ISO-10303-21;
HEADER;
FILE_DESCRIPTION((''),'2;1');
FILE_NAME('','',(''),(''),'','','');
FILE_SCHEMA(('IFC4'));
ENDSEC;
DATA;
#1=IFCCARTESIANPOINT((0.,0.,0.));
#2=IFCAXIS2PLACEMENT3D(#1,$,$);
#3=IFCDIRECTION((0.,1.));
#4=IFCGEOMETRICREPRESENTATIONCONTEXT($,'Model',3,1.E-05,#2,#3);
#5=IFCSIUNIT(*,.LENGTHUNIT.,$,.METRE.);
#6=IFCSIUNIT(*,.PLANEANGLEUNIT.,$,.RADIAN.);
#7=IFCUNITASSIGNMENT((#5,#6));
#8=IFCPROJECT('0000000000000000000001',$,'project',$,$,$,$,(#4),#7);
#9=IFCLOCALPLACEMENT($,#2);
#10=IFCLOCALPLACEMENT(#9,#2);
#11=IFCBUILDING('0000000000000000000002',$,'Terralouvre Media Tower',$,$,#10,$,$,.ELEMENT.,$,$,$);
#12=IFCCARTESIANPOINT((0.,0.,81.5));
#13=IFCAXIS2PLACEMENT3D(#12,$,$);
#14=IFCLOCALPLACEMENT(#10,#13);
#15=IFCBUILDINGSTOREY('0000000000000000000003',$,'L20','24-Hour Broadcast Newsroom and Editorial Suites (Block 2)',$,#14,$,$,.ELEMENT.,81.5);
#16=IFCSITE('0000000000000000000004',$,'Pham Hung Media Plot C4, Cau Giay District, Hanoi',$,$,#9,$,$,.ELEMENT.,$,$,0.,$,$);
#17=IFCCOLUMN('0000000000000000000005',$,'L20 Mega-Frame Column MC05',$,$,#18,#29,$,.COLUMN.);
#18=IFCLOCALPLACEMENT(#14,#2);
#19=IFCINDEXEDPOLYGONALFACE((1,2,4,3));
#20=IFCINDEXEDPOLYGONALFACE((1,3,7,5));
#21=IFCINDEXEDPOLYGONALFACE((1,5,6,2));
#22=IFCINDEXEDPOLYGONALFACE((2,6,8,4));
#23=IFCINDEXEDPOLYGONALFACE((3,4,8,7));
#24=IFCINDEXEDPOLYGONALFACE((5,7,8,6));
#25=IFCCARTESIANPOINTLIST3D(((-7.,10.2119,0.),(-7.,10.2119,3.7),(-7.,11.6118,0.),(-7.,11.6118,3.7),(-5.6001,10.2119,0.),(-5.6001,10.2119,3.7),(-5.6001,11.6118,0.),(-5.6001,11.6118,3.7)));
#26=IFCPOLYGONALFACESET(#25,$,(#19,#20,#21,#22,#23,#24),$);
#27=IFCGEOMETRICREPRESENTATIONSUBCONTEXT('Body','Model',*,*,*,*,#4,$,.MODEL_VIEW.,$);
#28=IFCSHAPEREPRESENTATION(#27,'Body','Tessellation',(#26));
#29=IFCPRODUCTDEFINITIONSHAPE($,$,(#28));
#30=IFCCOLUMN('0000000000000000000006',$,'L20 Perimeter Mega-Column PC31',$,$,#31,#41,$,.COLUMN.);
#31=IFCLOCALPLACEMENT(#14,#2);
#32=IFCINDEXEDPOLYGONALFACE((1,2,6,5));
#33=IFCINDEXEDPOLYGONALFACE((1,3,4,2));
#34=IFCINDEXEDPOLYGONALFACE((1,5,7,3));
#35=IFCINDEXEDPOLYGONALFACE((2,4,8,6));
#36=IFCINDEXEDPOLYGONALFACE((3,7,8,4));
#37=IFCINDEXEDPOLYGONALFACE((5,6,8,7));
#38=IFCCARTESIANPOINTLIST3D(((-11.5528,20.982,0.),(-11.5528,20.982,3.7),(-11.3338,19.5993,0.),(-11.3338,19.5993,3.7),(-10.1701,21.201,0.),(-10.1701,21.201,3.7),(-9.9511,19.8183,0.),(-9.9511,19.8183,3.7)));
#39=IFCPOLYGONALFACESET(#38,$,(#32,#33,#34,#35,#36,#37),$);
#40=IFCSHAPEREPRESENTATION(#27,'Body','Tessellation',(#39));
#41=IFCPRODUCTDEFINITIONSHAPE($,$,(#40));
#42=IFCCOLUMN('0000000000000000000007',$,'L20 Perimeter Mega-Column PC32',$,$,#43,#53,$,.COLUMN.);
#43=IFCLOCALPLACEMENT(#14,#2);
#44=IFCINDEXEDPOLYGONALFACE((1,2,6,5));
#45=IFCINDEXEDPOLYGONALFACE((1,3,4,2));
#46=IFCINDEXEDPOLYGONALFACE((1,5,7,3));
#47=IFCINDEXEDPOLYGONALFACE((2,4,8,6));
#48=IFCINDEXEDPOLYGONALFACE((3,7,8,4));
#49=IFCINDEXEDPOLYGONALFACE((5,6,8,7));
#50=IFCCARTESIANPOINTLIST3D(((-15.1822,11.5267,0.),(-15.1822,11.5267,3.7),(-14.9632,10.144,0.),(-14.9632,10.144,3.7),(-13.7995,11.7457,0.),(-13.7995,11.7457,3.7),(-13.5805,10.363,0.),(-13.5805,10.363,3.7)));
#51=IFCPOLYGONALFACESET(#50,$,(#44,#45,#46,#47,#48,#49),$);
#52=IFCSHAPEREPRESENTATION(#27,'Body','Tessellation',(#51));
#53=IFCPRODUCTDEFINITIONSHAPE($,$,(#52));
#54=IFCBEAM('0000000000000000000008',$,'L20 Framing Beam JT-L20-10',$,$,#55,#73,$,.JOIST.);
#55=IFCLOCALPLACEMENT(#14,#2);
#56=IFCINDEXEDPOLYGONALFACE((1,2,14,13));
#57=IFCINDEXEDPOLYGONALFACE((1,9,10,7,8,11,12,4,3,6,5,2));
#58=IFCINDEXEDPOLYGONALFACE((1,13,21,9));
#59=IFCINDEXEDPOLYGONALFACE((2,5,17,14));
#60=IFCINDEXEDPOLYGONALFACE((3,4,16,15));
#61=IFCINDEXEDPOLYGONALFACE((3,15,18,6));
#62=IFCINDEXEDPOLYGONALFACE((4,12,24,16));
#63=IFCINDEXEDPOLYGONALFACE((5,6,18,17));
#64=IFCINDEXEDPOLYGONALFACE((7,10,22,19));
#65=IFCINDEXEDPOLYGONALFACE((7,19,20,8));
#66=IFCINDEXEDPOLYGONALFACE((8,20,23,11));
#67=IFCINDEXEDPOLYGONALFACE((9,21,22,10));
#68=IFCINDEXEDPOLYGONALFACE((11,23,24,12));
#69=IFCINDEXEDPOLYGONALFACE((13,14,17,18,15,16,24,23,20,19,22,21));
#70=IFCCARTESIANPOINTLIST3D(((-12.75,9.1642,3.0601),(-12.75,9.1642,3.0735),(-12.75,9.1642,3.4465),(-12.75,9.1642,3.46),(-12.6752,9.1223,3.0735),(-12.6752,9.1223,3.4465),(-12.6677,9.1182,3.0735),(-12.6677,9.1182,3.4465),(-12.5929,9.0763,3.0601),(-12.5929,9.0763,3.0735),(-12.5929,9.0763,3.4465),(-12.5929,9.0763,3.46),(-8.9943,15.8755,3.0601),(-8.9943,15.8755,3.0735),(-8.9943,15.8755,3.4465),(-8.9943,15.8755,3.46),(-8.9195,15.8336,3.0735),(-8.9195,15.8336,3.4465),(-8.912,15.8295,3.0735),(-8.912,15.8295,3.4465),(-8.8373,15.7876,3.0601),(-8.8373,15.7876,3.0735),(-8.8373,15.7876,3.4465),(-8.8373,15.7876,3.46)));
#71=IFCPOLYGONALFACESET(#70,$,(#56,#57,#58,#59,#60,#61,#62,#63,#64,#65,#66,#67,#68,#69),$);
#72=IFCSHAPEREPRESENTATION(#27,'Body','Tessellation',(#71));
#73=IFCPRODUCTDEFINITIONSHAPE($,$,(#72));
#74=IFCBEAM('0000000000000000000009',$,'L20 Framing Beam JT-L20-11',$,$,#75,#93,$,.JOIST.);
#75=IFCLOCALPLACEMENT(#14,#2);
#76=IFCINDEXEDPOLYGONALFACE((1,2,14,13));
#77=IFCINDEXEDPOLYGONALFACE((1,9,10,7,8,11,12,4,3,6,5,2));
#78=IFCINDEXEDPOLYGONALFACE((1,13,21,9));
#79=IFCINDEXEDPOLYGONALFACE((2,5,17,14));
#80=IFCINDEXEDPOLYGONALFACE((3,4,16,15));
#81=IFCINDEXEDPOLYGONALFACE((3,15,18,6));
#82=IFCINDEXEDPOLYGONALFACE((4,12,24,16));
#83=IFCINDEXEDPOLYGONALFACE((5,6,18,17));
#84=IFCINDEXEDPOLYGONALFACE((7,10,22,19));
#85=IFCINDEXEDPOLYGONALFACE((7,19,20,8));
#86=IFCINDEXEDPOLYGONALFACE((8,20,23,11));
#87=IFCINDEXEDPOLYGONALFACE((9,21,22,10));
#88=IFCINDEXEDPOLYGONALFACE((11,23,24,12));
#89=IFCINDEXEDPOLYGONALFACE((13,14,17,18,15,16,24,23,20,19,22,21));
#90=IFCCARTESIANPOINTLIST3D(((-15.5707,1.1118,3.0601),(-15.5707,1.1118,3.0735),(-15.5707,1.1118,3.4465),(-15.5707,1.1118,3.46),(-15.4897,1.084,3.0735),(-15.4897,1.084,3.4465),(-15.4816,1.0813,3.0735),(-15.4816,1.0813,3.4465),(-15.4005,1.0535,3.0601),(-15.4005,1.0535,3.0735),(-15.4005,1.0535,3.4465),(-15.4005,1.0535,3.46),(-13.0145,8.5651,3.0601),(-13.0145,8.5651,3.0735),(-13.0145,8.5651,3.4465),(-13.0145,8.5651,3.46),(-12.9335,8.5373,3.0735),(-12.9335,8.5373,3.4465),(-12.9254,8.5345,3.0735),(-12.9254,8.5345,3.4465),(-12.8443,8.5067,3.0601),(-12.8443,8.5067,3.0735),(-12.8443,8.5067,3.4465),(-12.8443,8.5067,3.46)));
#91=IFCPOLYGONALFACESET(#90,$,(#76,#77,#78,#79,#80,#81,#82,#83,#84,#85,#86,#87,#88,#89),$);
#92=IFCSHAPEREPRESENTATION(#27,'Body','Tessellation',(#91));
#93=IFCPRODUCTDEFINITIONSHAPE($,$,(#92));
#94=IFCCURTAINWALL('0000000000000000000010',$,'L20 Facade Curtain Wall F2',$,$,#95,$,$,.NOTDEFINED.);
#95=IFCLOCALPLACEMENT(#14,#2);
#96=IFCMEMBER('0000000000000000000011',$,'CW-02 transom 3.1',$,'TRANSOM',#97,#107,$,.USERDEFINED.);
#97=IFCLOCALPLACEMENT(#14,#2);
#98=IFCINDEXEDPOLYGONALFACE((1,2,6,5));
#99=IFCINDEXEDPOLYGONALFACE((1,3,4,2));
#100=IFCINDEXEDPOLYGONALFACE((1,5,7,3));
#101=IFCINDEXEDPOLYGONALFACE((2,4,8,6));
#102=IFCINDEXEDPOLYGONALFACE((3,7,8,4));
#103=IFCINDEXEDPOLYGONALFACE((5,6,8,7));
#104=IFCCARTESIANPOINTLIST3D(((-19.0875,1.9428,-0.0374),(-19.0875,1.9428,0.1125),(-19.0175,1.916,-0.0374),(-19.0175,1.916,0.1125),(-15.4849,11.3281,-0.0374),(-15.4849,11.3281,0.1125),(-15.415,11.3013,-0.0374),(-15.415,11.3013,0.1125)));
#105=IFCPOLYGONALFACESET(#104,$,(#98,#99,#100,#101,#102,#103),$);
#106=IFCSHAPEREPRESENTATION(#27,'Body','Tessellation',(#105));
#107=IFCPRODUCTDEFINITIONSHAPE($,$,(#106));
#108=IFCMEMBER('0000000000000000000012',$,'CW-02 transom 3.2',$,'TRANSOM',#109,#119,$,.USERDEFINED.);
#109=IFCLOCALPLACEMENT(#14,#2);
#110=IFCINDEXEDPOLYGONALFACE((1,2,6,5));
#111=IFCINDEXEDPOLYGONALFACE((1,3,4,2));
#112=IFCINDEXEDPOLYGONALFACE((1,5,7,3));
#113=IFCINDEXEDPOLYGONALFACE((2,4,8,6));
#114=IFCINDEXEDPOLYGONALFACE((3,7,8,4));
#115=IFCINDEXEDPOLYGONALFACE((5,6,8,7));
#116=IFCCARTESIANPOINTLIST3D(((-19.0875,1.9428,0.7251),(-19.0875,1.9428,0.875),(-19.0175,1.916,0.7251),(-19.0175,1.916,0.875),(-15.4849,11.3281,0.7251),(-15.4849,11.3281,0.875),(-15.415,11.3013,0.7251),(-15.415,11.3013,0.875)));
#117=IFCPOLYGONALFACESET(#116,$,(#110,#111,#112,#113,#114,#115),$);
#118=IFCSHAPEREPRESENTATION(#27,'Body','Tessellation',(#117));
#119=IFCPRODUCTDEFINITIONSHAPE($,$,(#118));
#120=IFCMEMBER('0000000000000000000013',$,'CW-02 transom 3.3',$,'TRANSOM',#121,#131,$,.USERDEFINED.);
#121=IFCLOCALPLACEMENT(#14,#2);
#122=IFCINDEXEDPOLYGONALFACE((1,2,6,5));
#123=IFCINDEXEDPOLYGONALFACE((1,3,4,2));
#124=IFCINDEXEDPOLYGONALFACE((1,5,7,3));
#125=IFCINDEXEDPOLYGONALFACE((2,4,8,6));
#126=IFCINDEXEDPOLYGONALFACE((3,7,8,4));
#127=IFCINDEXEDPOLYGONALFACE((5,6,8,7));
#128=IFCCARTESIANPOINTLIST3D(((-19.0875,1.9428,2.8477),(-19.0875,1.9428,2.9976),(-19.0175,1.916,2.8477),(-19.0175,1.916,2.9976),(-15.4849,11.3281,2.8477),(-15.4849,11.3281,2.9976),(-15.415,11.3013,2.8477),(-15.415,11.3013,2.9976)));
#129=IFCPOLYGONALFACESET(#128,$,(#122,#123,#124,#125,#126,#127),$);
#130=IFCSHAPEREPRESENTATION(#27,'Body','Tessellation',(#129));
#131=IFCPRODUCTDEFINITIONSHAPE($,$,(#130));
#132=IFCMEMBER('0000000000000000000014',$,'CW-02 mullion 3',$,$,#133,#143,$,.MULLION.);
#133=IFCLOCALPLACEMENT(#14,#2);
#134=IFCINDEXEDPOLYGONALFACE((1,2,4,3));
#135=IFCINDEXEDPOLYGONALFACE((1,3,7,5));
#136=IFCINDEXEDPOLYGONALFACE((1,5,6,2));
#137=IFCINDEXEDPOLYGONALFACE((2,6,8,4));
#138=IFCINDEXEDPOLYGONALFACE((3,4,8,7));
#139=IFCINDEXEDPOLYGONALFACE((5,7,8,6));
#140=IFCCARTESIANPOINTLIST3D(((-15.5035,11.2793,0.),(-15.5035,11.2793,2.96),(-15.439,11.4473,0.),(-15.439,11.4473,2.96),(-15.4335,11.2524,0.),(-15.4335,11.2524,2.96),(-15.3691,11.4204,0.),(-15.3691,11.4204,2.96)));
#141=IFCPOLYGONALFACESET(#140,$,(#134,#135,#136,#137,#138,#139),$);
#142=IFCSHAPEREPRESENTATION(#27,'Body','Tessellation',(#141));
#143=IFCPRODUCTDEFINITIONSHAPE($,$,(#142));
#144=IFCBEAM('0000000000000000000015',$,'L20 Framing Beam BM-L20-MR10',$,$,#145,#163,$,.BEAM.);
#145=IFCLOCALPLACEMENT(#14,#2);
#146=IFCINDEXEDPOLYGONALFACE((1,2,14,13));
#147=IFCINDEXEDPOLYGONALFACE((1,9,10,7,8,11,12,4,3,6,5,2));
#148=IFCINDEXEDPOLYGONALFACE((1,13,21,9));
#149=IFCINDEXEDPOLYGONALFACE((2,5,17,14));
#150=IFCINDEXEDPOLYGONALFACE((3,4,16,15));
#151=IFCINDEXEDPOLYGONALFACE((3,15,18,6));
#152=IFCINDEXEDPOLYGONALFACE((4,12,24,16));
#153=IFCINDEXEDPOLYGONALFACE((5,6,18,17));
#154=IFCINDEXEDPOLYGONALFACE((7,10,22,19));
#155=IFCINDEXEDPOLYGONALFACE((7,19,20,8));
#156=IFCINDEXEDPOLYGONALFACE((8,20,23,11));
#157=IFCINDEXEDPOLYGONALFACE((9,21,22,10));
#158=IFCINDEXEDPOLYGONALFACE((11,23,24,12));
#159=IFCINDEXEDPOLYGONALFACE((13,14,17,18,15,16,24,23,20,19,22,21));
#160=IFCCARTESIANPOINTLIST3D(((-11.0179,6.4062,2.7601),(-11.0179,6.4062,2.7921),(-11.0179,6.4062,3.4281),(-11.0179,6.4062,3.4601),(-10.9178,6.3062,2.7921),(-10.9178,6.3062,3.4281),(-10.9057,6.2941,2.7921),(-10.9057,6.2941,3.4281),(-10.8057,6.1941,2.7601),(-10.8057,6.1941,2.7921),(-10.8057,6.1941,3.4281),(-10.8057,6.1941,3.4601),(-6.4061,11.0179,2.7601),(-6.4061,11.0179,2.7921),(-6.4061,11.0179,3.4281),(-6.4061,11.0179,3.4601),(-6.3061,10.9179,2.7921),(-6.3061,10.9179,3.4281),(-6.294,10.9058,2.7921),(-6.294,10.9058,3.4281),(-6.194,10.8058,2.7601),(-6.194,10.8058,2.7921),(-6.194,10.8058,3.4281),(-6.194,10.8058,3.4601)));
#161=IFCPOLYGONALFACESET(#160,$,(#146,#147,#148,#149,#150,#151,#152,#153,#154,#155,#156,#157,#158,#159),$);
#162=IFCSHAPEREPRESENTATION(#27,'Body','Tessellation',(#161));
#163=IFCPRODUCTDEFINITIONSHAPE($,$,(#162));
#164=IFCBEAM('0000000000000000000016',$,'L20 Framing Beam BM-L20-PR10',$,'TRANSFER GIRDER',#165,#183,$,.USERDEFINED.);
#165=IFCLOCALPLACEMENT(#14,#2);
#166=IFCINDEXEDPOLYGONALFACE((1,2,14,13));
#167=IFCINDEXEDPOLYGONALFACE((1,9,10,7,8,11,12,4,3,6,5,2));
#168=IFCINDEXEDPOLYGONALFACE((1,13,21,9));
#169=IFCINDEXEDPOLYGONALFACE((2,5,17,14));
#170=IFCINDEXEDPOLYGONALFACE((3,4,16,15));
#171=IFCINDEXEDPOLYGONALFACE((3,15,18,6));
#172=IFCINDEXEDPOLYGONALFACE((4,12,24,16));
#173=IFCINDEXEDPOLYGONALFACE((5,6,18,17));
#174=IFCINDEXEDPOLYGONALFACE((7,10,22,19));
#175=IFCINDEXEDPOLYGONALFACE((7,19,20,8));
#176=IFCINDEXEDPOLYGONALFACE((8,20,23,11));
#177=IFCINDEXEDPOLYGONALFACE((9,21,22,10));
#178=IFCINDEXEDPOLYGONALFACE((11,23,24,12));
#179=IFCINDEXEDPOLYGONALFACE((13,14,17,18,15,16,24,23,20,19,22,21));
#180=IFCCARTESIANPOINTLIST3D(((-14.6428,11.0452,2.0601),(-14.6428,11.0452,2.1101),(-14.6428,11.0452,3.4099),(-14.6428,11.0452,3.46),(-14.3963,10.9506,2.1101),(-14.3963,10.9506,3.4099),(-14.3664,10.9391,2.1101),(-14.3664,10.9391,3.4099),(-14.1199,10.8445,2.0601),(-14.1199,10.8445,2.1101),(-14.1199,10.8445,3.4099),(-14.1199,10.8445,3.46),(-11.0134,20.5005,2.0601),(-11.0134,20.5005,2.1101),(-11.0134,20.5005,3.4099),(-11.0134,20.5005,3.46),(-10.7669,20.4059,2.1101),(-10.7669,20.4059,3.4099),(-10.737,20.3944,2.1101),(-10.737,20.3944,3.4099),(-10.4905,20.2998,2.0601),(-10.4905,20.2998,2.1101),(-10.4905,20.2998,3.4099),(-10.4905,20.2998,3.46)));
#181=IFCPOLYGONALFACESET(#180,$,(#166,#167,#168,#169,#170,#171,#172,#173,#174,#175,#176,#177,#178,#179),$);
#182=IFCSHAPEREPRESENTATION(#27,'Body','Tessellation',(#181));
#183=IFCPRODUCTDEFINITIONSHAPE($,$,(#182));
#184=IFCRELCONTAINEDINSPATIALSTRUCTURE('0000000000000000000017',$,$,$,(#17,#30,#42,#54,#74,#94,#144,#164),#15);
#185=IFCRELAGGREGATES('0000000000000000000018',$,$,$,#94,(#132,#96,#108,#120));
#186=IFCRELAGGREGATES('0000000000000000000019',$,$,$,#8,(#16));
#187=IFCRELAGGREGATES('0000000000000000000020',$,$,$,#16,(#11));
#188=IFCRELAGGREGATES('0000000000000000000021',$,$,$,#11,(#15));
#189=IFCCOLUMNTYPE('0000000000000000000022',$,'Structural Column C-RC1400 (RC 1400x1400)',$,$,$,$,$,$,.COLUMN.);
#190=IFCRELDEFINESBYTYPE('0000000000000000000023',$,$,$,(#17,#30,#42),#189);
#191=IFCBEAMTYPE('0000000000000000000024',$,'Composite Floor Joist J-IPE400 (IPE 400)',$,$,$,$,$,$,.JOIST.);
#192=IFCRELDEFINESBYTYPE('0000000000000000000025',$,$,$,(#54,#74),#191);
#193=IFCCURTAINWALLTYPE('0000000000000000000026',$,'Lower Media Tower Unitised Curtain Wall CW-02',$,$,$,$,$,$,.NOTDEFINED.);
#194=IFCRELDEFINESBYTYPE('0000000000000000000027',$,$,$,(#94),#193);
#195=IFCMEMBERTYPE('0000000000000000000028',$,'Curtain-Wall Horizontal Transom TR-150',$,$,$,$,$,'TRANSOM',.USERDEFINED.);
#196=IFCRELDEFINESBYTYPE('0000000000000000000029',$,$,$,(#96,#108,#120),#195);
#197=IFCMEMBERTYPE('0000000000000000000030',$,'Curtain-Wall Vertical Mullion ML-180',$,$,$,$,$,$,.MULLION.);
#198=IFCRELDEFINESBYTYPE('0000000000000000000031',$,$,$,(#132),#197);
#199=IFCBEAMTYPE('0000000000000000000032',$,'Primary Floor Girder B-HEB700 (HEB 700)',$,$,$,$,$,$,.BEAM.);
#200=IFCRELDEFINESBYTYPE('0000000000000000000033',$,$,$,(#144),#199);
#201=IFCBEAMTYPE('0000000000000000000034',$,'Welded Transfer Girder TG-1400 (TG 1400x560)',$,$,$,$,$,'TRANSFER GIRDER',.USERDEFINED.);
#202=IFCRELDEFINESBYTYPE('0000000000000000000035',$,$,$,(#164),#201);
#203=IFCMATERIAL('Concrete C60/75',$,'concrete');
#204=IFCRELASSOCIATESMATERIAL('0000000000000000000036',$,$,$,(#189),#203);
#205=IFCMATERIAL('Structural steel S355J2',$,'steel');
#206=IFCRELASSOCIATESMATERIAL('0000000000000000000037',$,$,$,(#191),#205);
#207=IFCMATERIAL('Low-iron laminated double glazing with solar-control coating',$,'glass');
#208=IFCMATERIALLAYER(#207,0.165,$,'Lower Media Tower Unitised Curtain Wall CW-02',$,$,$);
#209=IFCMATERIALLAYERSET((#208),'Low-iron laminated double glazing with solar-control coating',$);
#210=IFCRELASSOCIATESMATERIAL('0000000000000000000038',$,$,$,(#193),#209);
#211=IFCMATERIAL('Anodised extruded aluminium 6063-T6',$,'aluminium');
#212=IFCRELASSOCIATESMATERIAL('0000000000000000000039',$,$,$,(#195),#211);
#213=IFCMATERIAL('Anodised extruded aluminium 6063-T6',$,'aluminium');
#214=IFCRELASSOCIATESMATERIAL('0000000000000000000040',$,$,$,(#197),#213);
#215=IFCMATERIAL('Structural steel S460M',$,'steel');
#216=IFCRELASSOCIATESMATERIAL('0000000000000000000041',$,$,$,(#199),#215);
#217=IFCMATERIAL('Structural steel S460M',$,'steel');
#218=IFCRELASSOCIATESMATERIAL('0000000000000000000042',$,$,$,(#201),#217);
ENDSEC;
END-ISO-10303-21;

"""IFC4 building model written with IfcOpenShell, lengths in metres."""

from ifc_helpers import new_model, si_unit, direction, frame, origin, origin_2d, place, context, subcontext, project, spatial, rectangle, i_section, extrude, material, layer, layer_set, material_profile, profile_set, type_object, element, aggregate, save


model = new_model("IFC4")

# Units and contexts
model_context = context("Model", 3, precision=1e-05, world=origin(), true_north=direction((0.0, 1.0)))
body_context = subcontext(model_context, "Body", "Model", "MODEL_VIEW")
ifc_project = project(units=[si_unit("LENGTHUNIT", "METRE"), si_unit("PLANEANGLEUNIT", "RADIAN")], contexts=[model_context])

# Site, building, storey
site_placement = place(None, origin())
site = spatial("IfcSite", under=ifc_project, at=site_placement, Name="Pham Hung Media Plot C4, Cau Giay District, Hanoi", CompositionType="ELEMENT", RefElevation=0.0)
building_placement = place(site_placement, origin())
building = spatial("IfcBuilding", under=site, at=building_placement, Name="Terralouvre Media Tower", CompositionType="ELEMENT")
storey_placement = place(building_placement, frame((0.0, 0.0, 81.5)))
storey = spatial("IfcBuildingStorey", under=building, at=storey_placement, Name="L20", Description="24-Hour Broadcast Newsroom and Editorial Suites (Block 2)", CompositionType="ELEMENT", Elevation=81.5)

# Columns
ifc_material_1 = material(Name="Concrete C60/75", Category="concrete")
ifc_material_profile_1 = material_profile(ifc_material_1, rectangle(XDim=1.3999, YDim=1.3999, at=origin_2d()), Name="RC 1400x1400")
ifc_profile_set_1 = profile_set([ifc_material_profile_1], Name="Concrete C60/75")
column_type = type_object("IfcColumnType", Name="Structural Column C-RC1400 (RC 1400x1400)", PredefinedType="COLUMN", material=ifc_profile_set_1)
for number, where, z_axis, x_axis, name in (
    (1, (-6.3, 10.9119, 0.0), (0.0, 0.0, 1.0), (1.0, 0.0, 0.0), "L20 Mega-Frame Column MC05"),
    (2, (-10.752, 20.4001, 0.0), (0.0, 0.0, 1.0), (0.987688, 0.156434, 0.0), "L20 Perimeter Mega-Column PC31"),
    (3, (-14.3813, 10.9448, 0.0), (0.0, 0.0, 1.0), (0.987688, 0.156434, 0.0), "L20 Perimeter Mega-Column PC32"),
):
    element("IfcColumn", number, at=place(storey_placement, frame(where, z_axis=z_axis, x_axis=x_axis)), inside=storey, type_object=column_type, Name=name, PredefinedType="COLUMN", context=body_context, shape_type="SweptSolid", body=[
        extrude(rectangle(XDim=1.3999, YDim=1.3999, at=origin_2d()), origin(), (0.0, 0.0, 1.0), 3.7),
    ])

# Beams
ifc_material_2 = material(Name="Structural steel S355J2", Category="steel")
ifc_material_profile_2 = material_profile(ifc_material_2, i_section(OverallWidth=0.1799, OverallDepth=0.3999, WebThickness=0.0085, FlangeThickness=0.0134, at=origin_2d()), Name="IPE 400")
ifc_profile_set_2 = profile_set([ifc_material_profile_2], Name="Structural steel S355J2")
beam_type_1 = type_object("IfcBeamType", Name="Composite Floor Joist J-IPE400 (IPE 400)", PredefinedType="JOIST", material=ifc_profile_set_2)
beam_1_placement = place(storey_placement, frame((-8.9158, 15.8315, 3.26), z_axis=(-0.488341, -0.872653, 0.0), x_axis=(0.872653, -0.488341, 0.0)))
element("IfcBeam", 4, at=beam_1_placement, inside=storey, type_object=beam_type_1, Name="L20 Framing Beam JT-L20-10", PredefinedType="JOIST", context=body_context, shape_type="SweptSolid", body=[
    extrude(i_section(OverallWidth=0.1799, OverallDepth=0.3999, WebThickness=0.0085, FlangeThickness=0.0134, at=origin_2d()), origin(), (0.0, 0.0, 1.0), 7.6907),
])
beam_2_placement = place(storey_placement, frame((-12.9294, 8.5359, 3.26), z_axis=(-0.324415, -0.945915, 0.0), x_axis=(0.945915, -0.324415, 0.0)))
element("IfcBeam", 5, at=beam_2_placement, inside=storey, type_object=beam_type_1, Name="L20 Framing Beam JT-L20-11", PredefinedType="JOIST", context=body_context, shape_type="SweptSolid", body=[
    extrude(i_section(OverallWidth=0.1799, OverallDepth=0.3999, WebThickness=0.0085, FlangeThickness=0.0134, at=origin_2d()), origin(), (0.0, 0.0, 1.0), 7.8794),
])

# Curtain wall, members
ifc_material_3 = material(Name="Low-iron laminated double glazing with solar-control coating", Category="glass")
ifc_layer_1 = layer(ifc_material_3, 0.165, Name="Lower Media Tower Unitised Curtain Wall CW-02")
ifc_layer_set_1 = layer_set([ifc_layer_1], Name="Low-iron laminated double glazing with solar-control coating")
curtain_wall_type = type_object("IfcCurtainWallType", Name="Lower Media Tower Unitised Curtain Wall CW-02", PredefinedType="NOTDEFINED", material=ifc_layer_set_1)
curtain_wall_placement = place(storey_placement, origin())
curtain_wall = element("IfcCurtainWall", 6, at=curtain_wall_placement, inside=storey, type_object=curtain_wall_type, Name="L20 Facade Curtain Wall F2", PredefinedType="NOTDEFINED")
ifc_material_4 = material(Name="Anodised extruded aluminium 6063-T6", Category="aluminium")
ifc_material_profile_3 = material_profile(ifc_material_4, rectangle(XDim=0.075, YDim=0.1499, at=origin_2d()), Name="ALU 75x150")
ifc_profile_set_3 = profile_set([ifc_material_profile_3], Name="Anodised extruded aluminium 6063-T6")
member_type_1 = type_object("IfcMemberType", Name="Curtain-Wall Horizontal Transom TR-150", ElementType="TRANSOM", PredefinedType="USERDEFINED", material=ifc_profile_set_3)
member_1_placement = place(storey_placement, frame((-15.45, 11.3147, 0.0376), z_axis=(-0.358357, -0.933584, 0.0), x_axis=(0.933584, -0.358357, 0.0)))
member_1 = element("IfcMember", 7, at=member_1_placement, type_object=member_type_1, Name="CW-02 transom 3.1", ObjectType="TRANSOM", PredefinedType="USERDEFINED", context=body_context, shape_type="SweptSolid", body=[
    extrude(rectangle(XDim=0.075, YDim=0.1499, at=origin_2d()), origin(), (0.0, 0.0, 1.0), 10.053),
])
member_2_placement = place(storey_placement, frame((-15.45, 11.3147, 0.8), z_axis=(-0.358357, -0.933584, 0.0), x_axis=(0.933584, -0.358357, 0.0)))
member_2 = element("IfcMember", 8, at=member_2_placement, type_object=member_type_1, Name="CW-02 transom 3.2", ObjectType="TRANSOM", PredefinedType="USERDEFINED", context=body_context, shape_type="SweptSolid", body=[
    extrude(rectangle(XDim=0.075, YDim=0.1499, at=origin_2d()), origin(), (0.0, 0.0, 1.0), 10.053),
])
member_3_placement = place(storey_placement, frame((-15.45, 11.3147, 2.9226), z_axis=(-0.358357, -0.933584, 0.0), x_axis=(0.933584, -0.358357, 0.0)))
member_3 = element("IfcMember", 9, at=member_3_placement, type_object=member_type_1, Name="CW-02 transom 3.3", ObjectType="TRANSOM", PredefinedType="USERDEFINED", context=body_context, shape_type="SweptSolid", body=[
    extrude(rectangle(XDim=0.075, YDim=0.1499, at=origin_2d()), origin(), (0.0, 0.0, 1.0), 10.053),
])
ifc_material_5 = material(Name="Anodised extruded aluminium 6063-T6", Category="aluminium")
ifc_material_profile_4 = material_profile(ifc_material_5, rectangle(XDim=0.075, YDim=0.1799, at=origin_2d()), Name="ALU 75x180")
ifc_profile_set_4 = profile_set([ifc_material_profile_4], Name="Anodised extruded aluminium 6063-T6")
member_type_2 = type_object("IfcMemberType", Name="Curtain-Wall Vertical Mullion ML-180", PredefinedType="MULLION", material=ifc_profile_set_4)
member_4_placement = place(storey_placement, frame((-15.4363, 11.3499, 0.0), z_axis=(0.0, 0.0, 1.0), x_axis=(0.93358, -0.358368, 0.0)))
member_4 = element("IfcMember", 10, at=member_4_placement, type_object=member_type_2, Name="CW-02 mullion 3", PredefinedType="MULLION", context=body_context, shape_type="SweptSolid", body=[
    extrude(rectangle(XDim=0.075, YDim=0.1799, at=origin_2d()), origin(), (0.0, 0.0, 1.0), 2.96),
])

# Beams
ifc_material_6 = material(Name="Structural steel S460M", Category="steel")
ifc_material_profile_5 = material_profile(ifc_material_6, i_section(OverallWidth=0.3, OverallDepth=0.7, WebThickness=0.0171, FlangeThickness=0.032, at=origin_2d()), Name="HEB 700")
ifc_profile_set_5 = profile_set([ifc_material_profile_5], Name="Structural steel S460M")
beam_type_2 = type_object("IfcBeamType", Name="Primary Floor Girder B-HEB700 (HEB 700)", PredefinedType="BEAM", material=ifc_profile_set_5)
beam_3_placement = place(storey_placement, frame((-6.3, 10.9119, 3.1101), z_axis=(-0.707107, -0.707107, 0.0), x_axis=(0.707107, -0.707107, 0.0)))
element("IfcBeam", 11, at=beam_3_placement, inside=storey, type_object=beam_type_2, Name="L20 Framing Beam BM-L20-MR10", PredefinedType="BEAM", context=body_context, shape_type="SweptSolid", body=[
    extrude(i_section(OverallWidth=0.3, OverallDepth=0.7, WebThickness=0.0171, FlangeThickness=0.032, at=origin_2d()), origin(), (0.0, 0.0, 1.0), 6.522),
])
ifc_material_7 = material(Name="Structural steel S460M", Category="steel")
ifc_material_profile_6 = material_profile(ifc_material_7, i_section(OverallWidth=0.5601, OverallDepth=1.3999, WebThickness=0.032, FlangeThickness=0.05, at=origin_2d()), Name="TG 1400x560")
ifc_profile_set_6 = profile_set([ifc_material_profile_6], Name="Structural steel S460M")
beam_type_3 = type_object("IfcBeamType", Name="Welded Transfer Girder TG-1400 (TG 1400x560)", ElementType="TRANSFER GIRDER", PredefinedType="USERDEFINED", material=ifc_profile_set_6)
for number, where, z_axis, x_axis, name in (
    (12, (-10.752, 20.4001, 2.76), (-0.358354, -0.933586, 0.0), (0.933586, -0.358354, 0.0), "L20 Framing Beam BM-L20-PR10"),
):
    element("IfcBeam", number, at=place(storey_placement, frame(where, z_axis=z_axis, x_axis=x_axis)), inside=storey, type_object=beam_type_3, Name=name, ObjectType="TRANSFER GIRDER", PredefinedType="USERDEFINED", context=body_context, shape_type="SweptSolid", body=[
        extrude(i_section(OverallWidth=0.5601, OverallDepth=1.3999, WebThickness=0.032, FlangeThickness=0.05, at=origin_2d()), origin(), (0.0, 0.0, 1.0), 10.1279),
    ])

aggregate(curtain_wall, [member_4, member_1, member_2, member_3])

save(model, "model.ifc")
